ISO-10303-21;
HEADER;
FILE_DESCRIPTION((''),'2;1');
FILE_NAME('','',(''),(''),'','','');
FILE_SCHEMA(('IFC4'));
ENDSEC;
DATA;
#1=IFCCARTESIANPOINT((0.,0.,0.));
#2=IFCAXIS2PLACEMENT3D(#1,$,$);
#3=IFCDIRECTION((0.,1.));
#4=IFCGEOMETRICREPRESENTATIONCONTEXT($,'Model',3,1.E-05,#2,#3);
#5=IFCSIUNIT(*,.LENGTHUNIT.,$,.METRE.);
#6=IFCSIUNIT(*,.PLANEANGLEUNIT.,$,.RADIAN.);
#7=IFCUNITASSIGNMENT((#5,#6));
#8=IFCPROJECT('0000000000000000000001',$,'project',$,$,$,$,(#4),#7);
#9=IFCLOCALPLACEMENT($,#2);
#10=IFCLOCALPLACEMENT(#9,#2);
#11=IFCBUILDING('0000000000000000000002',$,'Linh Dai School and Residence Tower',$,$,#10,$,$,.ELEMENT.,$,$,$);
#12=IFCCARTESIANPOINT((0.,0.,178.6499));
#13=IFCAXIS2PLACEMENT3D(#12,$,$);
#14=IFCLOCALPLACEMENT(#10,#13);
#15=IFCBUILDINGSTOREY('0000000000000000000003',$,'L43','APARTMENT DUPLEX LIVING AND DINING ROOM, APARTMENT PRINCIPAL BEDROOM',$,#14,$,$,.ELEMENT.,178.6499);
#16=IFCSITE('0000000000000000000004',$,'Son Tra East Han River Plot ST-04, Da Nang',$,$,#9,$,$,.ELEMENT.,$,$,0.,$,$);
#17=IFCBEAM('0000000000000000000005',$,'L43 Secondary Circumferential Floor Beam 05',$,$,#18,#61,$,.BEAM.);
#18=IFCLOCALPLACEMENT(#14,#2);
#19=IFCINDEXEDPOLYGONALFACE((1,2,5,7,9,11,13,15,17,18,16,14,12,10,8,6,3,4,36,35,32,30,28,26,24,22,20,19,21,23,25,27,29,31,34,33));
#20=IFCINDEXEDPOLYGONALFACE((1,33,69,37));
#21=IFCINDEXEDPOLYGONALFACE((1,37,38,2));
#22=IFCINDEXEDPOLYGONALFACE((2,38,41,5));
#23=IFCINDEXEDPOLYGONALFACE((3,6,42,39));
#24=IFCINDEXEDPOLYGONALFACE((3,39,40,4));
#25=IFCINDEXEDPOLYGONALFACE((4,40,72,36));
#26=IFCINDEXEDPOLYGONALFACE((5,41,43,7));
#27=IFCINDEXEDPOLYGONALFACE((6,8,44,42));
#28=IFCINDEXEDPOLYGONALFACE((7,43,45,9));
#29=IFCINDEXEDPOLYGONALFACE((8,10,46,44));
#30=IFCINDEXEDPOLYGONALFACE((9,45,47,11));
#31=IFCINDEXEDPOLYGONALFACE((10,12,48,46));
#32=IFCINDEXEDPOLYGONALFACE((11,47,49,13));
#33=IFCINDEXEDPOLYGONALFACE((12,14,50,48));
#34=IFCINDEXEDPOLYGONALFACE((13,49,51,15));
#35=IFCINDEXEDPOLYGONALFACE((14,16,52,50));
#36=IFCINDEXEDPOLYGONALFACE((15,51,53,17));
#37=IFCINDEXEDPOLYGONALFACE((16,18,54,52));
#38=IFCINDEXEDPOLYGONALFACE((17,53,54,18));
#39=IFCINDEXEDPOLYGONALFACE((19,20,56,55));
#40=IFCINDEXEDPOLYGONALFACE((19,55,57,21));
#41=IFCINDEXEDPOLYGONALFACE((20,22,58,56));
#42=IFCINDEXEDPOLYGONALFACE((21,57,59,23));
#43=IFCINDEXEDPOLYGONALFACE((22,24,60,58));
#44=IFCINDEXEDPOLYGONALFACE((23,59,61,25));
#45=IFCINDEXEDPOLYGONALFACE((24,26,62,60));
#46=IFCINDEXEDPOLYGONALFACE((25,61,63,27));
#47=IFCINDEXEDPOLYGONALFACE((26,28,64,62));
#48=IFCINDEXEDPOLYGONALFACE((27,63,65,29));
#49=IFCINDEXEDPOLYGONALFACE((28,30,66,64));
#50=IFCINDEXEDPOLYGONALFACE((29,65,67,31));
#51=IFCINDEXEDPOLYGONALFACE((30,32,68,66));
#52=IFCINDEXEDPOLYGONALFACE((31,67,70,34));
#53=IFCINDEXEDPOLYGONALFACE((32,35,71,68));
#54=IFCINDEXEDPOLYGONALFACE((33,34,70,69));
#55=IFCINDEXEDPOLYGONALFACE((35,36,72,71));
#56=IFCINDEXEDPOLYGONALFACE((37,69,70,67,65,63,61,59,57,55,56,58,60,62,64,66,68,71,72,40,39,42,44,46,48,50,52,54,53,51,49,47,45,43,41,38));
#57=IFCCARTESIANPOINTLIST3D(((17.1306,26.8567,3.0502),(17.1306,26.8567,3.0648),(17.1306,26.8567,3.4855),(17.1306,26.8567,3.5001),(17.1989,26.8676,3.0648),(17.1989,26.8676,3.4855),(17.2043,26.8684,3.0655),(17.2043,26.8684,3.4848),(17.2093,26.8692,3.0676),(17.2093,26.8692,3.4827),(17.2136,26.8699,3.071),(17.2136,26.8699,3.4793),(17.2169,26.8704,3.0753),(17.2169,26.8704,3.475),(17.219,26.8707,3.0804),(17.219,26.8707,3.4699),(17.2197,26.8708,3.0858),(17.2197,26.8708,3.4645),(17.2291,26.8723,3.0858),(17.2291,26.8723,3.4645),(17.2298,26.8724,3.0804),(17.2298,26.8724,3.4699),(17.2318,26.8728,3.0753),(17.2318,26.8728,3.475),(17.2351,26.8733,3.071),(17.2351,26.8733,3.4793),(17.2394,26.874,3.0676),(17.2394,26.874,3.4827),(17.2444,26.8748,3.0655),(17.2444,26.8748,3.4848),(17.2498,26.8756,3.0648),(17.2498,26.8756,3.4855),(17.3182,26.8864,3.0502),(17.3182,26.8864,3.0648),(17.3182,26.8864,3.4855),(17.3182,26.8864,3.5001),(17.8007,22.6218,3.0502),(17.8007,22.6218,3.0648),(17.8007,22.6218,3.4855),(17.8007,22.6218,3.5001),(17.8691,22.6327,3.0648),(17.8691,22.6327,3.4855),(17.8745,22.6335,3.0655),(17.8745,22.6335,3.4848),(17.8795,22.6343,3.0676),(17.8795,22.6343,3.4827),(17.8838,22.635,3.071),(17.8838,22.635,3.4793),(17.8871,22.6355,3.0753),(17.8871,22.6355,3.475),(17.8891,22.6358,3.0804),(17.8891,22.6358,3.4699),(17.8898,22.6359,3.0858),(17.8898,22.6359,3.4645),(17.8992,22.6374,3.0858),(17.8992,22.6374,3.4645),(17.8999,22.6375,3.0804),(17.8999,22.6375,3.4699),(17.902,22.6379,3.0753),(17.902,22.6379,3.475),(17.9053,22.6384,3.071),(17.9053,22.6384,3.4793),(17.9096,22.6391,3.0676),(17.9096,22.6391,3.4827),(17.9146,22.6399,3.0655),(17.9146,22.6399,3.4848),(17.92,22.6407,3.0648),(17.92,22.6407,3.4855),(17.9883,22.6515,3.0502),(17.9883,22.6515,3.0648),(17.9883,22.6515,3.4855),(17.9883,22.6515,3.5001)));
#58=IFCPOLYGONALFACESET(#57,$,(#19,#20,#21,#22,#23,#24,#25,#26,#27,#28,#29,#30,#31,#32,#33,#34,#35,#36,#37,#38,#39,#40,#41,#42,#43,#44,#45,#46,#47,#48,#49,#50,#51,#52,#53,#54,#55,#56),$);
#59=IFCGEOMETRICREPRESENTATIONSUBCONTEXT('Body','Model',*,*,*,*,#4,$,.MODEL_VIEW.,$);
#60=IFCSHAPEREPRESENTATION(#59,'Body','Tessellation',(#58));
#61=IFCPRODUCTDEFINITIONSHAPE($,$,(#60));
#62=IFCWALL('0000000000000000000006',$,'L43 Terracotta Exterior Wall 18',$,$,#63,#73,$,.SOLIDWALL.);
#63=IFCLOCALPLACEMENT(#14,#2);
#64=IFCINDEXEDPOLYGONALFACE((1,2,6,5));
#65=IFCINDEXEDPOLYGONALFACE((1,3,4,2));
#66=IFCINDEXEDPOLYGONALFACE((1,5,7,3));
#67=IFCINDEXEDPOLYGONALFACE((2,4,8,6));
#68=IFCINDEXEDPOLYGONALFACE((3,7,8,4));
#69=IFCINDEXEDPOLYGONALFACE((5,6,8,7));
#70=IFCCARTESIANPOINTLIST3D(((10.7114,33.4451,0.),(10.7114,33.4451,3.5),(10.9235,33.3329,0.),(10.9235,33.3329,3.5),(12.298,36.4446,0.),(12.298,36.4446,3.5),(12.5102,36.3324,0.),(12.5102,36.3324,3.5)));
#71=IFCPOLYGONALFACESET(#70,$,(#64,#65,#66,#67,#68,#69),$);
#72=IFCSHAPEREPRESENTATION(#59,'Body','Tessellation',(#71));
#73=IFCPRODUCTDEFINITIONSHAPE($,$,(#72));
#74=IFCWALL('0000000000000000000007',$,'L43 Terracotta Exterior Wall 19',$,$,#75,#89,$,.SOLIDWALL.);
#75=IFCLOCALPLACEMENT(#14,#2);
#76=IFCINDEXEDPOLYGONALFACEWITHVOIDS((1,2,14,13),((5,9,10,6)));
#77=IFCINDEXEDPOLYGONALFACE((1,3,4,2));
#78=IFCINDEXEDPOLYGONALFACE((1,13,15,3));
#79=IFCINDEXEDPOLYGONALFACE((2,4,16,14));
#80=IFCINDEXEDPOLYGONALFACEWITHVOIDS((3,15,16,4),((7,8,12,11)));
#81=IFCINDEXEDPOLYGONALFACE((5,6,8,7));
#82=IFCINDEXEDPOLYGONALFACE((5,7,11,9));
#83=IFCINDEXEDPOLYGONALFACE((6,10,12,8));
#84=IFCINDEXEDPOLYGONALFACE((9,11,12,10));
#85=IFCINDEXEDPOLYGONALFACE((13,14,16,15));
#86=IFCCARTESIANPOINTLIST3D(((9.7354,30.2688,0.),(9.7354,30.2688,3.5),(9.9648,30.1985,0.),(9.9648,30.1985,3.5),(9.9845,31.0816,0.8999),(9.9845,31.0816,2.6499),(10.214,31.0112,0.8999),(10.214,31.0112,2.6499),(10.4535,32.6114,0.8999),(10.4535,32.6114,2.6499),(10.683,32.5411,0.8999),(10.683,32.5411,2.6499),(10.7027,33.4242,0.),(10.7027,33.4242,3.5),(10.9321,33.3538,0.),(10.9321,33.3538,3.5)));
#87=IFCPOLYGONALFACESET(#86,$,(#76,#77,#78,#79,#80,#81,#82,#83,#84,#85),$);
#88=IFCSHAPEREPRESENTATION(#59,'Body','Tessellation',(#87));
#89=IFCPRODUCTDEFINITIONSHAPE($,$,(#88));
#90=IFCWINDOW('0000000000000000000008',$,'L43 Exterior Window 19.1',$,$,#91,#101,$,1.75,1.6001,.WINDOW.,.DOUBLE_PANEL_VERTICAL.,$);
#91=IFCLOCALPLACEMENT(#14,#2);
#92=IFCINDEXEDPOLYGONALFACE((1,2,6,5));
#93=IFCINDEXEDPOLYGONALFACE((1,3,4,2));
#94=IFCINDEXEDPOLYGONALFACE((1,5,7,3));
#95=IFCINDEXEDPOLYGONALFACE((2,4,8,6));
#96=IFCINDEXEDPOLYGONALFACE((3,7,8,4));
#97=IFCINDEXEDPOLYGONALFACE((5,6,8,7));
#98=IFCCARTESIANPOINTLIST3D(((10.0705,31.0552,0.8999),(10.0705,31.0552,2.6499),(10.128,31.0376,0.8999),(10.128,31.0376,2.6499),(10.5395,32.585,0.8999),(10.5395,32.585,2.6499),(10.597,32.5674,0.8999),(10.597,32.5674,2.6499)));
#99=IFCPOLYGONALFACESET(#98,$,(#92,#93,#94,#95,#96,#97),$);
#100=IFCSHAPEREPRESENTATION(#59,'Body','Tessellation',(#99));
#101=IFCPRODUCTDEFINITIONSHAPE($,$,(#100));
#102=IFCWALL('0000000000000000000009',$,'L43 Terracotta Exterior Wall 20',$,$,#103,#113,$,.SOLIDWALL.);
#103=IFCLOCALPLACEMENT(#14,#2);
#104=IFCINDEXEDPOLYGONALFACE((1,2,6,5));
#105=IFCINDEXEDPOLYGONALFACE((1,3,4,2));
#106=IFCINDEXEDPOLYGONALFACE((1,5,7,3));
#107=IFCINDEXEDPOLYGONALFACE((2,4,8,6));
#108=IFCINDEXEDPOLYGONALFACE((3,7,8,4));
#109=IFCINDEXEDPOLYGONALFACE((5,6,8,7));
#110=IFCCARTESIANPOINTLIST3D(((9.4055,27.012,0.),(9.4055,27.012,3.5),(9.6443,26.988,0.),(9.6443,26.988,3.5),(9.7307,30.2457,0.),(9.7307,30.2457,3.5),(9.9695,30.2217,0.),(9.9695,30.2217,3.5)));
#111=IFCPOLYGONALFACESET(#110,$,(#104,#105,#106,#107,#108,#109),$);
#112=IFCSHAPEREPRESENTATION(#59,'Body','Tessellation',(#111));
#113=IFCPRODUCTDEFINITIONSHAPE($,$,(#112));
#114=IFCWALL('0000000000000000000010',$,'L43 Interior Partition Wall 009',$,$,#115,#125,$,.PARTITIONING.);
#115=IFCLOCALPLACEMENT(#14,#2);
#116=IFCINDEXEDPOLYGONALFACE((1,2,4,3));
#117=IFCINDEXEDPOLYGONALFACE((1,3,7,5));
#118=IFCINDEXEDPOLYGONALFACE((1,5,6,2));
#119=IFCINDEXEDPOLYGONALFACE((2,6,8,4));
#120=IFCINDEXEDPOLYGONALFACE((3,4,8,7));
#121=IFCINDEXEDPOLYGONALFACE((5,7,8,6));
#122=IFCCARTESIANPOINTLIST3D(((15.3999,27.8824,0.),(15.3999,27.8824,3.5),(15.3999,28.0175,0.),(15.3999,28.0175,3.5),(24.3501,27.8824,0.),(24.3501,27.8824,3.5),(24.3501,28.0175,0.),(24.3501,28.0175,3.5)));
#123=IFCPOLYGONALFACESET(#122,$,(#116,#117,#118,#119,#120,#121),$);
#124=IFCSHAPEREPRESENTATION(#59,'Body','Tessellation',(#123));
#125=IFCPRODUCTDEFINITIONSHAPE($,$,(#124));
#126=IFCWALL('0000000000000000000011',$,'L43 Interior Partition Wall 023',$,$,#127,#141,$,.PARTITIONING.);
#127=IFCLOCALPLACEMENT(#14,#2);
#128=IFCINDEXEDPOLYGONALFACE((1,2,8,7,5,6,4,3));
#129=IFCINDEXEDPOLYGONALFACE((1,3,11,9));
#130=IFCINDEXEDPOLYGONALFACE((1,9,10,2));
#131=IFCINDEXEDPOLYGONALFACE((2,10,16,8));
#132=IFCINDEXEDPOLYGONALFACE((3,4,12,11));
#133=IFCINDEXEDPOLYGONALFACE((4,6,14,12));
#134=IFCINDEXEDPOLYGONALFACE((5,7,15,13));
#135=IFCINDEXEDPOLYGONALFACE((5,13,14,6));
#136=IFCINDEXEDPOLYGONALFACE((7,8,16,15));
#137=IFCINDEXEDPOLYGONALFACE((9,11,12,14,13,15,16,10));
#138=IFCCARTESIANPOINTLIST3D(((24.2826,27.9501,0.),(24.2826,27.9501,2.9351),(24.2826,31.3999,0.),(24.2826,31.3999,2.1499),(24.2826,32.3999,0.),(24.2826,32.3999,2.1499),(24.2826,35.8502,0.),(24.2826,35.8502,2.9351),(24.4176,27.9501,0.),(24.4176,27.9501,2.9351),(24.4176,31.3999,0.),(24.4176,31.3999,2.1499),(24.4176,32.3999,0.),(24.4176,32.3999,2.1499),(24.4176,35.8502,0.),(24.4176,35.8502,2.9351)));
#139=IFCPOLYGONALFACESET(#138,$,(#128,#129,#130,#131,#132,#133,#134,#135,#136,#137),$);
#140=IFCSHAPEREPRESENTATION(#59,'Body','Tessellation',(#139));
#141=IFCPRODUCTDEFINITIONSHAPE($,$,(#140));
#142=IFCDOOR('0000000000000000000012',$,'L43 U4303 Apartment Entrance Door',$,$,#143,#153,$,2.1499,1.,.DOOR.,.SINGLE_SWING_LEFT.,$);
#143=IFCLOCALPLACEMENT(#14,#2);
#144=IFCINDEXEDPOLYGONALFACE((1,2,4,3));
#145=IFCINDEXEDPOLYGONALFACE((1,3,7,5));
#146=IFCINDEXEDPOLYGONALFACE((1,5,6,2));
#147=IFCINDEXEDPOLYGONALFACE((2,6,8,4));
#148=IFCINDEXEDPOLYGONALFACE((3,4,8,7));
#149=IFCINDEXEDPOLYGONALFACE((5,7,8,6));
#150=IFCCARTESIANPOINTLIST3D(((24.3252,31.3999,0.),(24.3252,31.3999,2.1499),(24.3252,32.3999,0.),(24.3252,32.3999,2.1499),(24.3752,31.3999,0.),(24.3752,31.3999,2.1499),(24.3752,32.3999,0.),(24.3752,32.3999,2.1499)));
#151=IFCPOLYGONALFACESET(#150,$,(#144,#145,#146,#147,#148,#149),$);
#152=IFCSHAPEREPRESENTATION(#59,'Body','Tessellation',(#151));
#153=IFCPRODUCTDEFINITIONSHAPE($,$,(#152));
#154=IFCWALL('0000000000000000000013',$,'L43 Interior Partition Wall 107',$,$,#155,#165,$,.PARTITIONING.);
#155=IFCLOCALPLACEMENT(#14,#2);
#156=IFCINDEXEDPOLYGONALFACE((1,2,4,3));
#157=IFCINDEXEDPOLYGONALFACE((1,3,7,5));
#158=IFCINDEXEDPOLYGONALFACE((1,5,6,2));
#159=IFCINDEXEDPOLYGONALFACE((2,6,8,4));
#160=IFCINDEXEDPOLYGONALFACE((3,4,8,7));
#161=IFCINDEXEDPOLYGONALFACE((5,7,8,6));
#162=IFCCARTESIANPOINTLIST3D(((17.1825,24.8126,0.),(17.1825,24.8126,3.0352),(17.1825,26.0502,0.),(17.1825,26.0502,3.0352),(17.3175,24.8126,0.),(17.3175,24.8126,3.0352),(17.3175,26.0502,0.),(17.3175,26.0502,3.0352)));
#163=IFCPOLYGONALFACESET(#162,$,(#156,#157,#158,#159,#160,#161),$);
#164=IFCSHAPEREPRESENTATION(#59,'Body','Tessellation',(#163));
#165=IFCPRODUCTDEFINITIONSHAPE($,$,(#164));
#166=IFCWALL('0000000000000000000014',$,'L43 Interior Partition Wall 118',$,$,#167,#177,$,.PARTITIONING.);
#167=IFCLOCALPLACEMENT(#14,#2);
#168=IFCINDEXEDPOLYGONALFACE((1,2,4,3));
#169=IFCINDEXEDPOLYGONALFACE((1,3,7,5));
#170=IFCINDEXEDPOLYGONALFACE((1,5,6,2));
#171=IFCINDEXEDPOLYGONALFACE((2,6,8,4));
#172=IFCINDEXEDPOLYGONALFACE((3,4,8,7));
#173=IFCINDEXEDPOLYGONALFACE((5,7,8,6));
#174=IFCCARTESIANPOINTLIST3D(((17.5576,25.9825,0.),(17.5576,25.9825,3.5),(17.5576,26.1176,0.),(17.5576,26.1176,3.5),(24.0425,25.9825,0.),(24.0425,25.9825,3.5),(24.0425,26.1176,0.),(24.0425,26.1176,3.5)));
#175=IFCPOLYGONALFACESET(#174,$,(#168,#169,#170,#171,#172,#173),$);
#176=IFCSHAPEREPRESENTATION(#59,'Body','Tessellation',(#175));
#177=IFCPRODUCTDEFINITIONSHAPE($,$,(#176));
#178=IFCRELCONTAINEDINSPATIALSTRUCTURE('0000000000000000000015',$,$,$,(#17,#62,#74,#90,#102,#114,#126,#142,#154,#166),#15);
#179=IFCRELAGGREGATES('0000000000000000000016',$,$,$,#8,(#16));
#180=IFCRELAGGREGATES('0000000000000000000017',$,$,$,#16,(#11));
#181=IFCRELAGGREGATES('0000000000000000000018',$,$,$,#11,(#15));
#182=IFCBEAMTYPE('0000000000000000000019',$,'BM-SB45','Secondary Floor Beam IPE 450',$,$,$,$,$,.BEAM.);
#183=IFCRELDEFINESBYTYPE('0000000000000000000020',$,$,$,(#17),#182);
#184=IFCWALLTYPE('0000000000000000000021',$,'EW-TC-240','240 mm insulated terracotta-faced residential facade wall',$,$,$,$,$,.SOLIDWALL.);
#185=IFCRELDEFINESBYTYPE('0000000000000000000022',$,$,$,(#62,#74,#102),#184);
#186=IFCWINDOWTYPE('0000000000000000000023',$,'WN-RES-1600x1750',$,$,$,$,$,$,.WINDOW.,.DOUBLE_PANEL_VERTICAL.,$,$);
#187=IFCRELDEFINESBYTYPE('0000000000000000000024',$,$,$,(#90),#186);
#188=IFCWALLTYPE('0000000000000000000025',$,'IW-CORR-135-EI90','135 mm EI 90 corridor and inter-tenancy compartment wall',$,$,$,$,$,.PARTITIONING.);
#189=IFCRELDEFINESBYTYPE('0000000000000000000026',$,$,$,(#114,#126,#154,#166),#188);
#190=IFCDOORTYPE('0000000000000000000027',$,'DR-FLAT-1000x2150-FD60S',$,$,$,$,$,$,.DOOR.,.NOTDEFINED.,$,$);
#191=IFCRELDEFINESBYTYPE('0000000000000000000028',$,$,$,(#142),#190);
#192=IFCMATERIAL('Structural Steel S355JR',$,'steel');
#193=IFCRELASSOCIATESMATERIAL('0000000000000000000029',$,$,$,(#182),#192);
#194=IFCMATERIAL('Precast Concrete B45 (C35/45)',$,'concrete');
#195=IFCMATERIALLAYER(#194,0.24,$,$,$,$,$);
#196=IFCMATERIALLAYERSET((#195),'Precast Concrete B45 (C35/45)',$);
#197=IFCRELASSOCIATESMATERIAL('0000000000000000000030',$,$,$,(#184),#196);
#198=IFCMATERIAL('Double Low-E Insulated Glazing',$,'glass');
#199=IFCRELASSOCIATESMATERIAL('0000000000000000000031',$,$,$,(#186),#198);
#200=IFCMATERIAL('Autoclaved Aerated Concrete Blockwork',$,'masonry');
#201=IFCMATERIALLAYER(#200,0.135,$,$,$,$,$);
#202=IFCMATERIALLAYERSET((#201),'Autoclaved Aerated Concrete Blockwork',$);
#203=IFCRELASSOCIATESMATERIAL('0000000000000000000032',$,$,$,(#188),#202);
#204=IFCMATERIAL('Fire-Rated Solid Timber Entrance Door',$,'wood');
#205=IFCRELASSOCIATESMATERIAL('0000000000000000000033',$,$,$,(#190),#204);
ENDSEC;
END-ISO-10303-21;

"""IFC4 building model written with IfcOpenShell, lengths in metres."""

from ifc_helpers import new_model, si_unit, direction, frame, frame_2d, origin, origin_2d, place, context, subcontext, project, spatial, rectangle, i_section, extrude, source, transform, mapped, material, layer, layer_set, material_profile, profile_set, type_object, element, fill, save


model = new_model("IFC4")

# Units and contexts
model_context = context("Model", 3, precision=1e-05, world=origin(), true_north=direction((0.0, 1.0)))
body_context = subcontext(model_context, "Body", "Model", "MODEL_VIEW")
ifc_project = project(units=[si_unit("LENGTHUNIT", "METRE"), si_unit("PLANEANGLEUNIT", "RADIAN")], contexts=[model_context])

# Site, building, storey
site_placement = place(None, origin())
site = spatial("IfcSite", under=ifc_project, at=site_placement, Name="Son Tra East Han River Plot ST-04, Da Nang", CompositionType="ELEMENT", RefElevation=0.0)
building_placement = place(site_placement, origin())
building = spatial("IfcBuilding", under=site, at=building_placement, Name="Linh Dai School and Residence Tower", CompositionType="ELEMENT")
storey_placement = place(building_placement, frame((0.0, 0.0, 178.6499)))
storey = spatial("IfcBuildingStorey", under=building, at=storey_placement, Name="L43", Description="APARTMENT DUPLEX LIVING AND DINING ROOM, APARTMENT PRINCIPAL BEDROOM", CompositionType="ELEMENT", Elevation=178.6499)

# Shared definitions
ifc_material_1 = material(Name="Structural Steel S355JR", Category="steel")

# Beam
ifc_material_profile_1 = material_profile(ifc_material_1, i_section(OverallWidth=0.1899, OverallDepth=0.45, WebThickness=0.0095, FlangeThickness=0.0146, FilletRadius=0.021, at=origin_2d()), Name="IPE 450")
ifc_profile_set_1 = profile_set([ifc_material_profile_1], Name="Structural Steel S355JR")
beam_type_1 = type_object("IfcBeamType", Name="BM-SB45", Description="Secondary Floor Beam IPE 450", PredefinedType="BEAM", material=ifc_profile_set_1)
beam_1_placement = place(storey_placement, frame((17.2244, 26.8716, 3.2751), z_axis=(0.156305, -0.987709, 0.0), x_axis=(0.987709, 0.156305, 0.0)))
element("IfcBeam", 1, at=beam_1_placement, inside=storey, type_object=beam_type_1, Name="L43 Secondary Circumferential Floor Beam 05", PredefinedType="BEAM", context=body_context, shape_type="SweptSolid", body=[
    extrude(i_section(OverallWidth=0.1899, OverallDepth=0.45, WebThickness=0.0095, FlangeThickness=0.0146, FilletRadius=0.021, at=origin_2d()), origin(), (0.0, 0.0, 1.0), 4.2876),
])

# Wall
ifc_material_2 = material(Name="Precast Concrete B45 (C35/45)", Category="concrete")
ifc_layer_1 = layer(ifc_material_2, 0.24)
ifc_layer_set_1 = layer_set([ifc_layer_1], Name="Precast Concrete B45 (C35/45)")
wall_type_1 = type_object("IfcWallType", Name="EW-TC-240", Description="240 mm insulated terracotta-faced residential facade wall", PredefinedType="SOLIDWALL", material=ifc_layer_set_1)
wall_1_placement = place(storey_placement, frame((10.8174, 33.3889, 0.0), z_axis=(0.0, 0.0, 1.0), x_axis=(0.467587, 0.883947, 0.0)))
element("IfcWall", 2, at=wall_1_placement, inside=storey, type_object=wall_type_1, Name="L43 Terracotta Exterior Wall 18", PredefinedType="SOLIDWALL", context=body_context, shape_type="SweptSolid", body=[
    extrude(rectangle(XDim=3.3933, YDim=0.24, at=frame_2d((1.6968, 0.0))), origin(), (0.0, 0.0, 1.0), 3.5),
])

# Wall, opening, window
wall_2_placement = place(storey_placement, frame((9.8501, 30.2336, 0.0), z_axis=(0.0, 0.0, 1.0), x_axis=(0.293098, 0.956082, 0.0)))
wall_2 = element("IfcWall", 3, at=wall_2_placement, inside=storey, type_object=wall_type_1, Name="L43 Terracotta Exterior Wall 19", PredefinedType="SOLIDWALL", context=body_context, shape_type="SweptSolid", body=[
    extrude(rectangle(XDim=3.3003, YDim=0.24, at=frame_2d((1.6501, 0.0))), origin(), (0.0, 0.0, 1.0), 3.5),
])
opening_1_placement = place(wall_2_placement, frame((0.8501, 0.0, 0.8999)))
opening_1 = element("IfcOpeningElement", 4, at=opening_1_placement, cuts=wall_2, PredefinedType="OPENING", context=body_context, shape_type="SweptSolid", body=[
    extrude(rectangle(XDim=1.6001, YDim=1.75, at=origin_2d()), frame((0.8, 0.1299, 0.875), z_axis=(0.0, -1.0, 0.0), x_axis=(1.0, 0.0, 0.0)), (0.0, 0.0, 1.0), 0.26),
])
ifc_material_3 = material(Name="Double Low-E Insulated Glazing", Category="glass")
window_type = type_object("IfcWindowType", Name="WN-RES-1600x1750", PartitioningType="DOUBLE_PANEL_VERTICAL", PredefinedType="WINDOW", material=ifc_material_3)
shared_shape_1 = source(origin(), body_context, "Body", "SweptSolid", [
    extrude(rectangle(XDim=1.6001, YDim=1.75, at=origin_2d()), frame((0.8, 0.03, 0.875), z_axis=(0.0, -1.0, 0.0), x_axis=(1.0, 0.0, 0.0)), (0.0, 0.0, 1.0), 0.0601),
])
window_placement = place(opening_1_placement, origin())
window = element("IfcWindow", 5, at=window_placement, inside=storey, type_object=window_type, Name="L43 Exterior Window 19.1", OverallHeight=1.75, OverallWidth=1.6001, PartitioningType="DOUBLE_PANEL_VERTICAL", PredefinedType="WINDOW", context=body_context, shape_type="MappedRepresentation", body=[
    mapped(shared_shape_1, transform((0.0, 0.0, 0.0), x_axis=(1.0, 0.0, 0.0), y_axis=(0.0, 1.0, 0.0), z_axis=(0.0, 0.0, 1.0), scale=1.0)),
])
fill(opening_1, window)

# Walls
wall_3_placement = place(storey_placement, frame((9.5249, 27.0, 0.0), z_axis=(0.0, 0.0, 1.0), x_axis=(0.100062, 0.994981, 0.0)))
element("IfcWall", 6, at=wall_3_placement, inside=storey, type_object=wall_type_1, Name="L43 Terracotta Exterior Wall 20", PredefinedType="SOLIDWALL", context=body_context, shape_type="SweptSolid", body=[
    extrude(rectangle(XDim=3.25, YDim=0.24, at=frame_2d((1.625, 0.0))), origin(), (0.0, 0.0, 1.0), 3.5),
])
ifc_material_4 = material(Name="Autoclaved Aerated Concrete Blockwork", Category="masonry")
ifc_layer_2 = layer(ifc_material_4, 0.135)
ifc_layer_set_2 = layer_set([ifc_layer_2], Name="Autoclaved Aerated Concrete Blockwork")
wall_type_2 = type_object("IfcWallType", Name="IW-CORR-135-EI90", Description="135 mm EI 90 corridor and inter-tenancy compartment wall", PredefinedType="PARTITIONING", material=ifc_layer_set_2)
wall_4_placement = place(storey_placement, frame((15.3999, 27.95, 0.0), z_axis=(0.0, 0.0, 1.0), x_axis=(1.0, 0.0, 0.0)))
element("IfcWall", 7, at=wall_4_placement, inside=storey, type_object=wall_type_2, Name="L43 Interior Partition Wall 009", PredefinedType="PARTITIONING", context=body_context, shape_type="SweptSolid", body=[
    extrude(rectangle(XDim=8.9502, YDim=0.135, at=frame_2d((4.4751, 0.0))), origin(), (0.0, 0.0, 1.0), 3.5),
])

# Wall, opening, door
wall_5_placement = place(storey_placement, frame((24.3501, 27.95, 0.0), z_axis=(0.0, 0.0, 1.0), x_axis=(0.0, 1.0, 0.0)))
wall_5 = element("IfcWall", 8, at=wall_5_placement, inside=storey, type_object=wall_type_2, Name="L43 Interior Partition Wall 023", PredefinedType="PARTITIONING", context=body_context, shape_type="SweptSolid", body=[
    extrude(rectangle(XDim=7.9001, YDim=0.135, at=frame_2d((3.9502, 0.0))), origin(), (0.0, 0.0, 1.0), 2.9351),
])
opening_2_placement = place(wall_5_placement, frame((3.45, 0.0, 0.0)))
opening_2 = element("IfcOpeningElement", 9, at=opening_2_placement, cuts=wall_5, PredefinedType="OPENING", context=body_context, shape_type="SweptSolid", body=[
    extrude(rectangle(XDim=1.0, YDim=2.1499, at=origin_2d()), frame((0.5, 0.0776, 1.075), z_axis=(0.0, -1.0, 0.0), x_axis=(1.0, 0.0, 0.0)), (0.0, 0.0, 1.0), 0.155),
])
ifc_material_5 = material(Name="Fire-Rated Solid Timber Entrance Door", Category="wood")
door_type_1 = type_object("IfcDoorType", Name="DR-FLAT-1000x2150-FD60S", OperationType="NOTDEFINED", PredefinedType="DOOR", material=ifc_material_5)
shared_shape_2 = source(origin(), body_context, "Body", "SweptSolid", [
    extrude(rectangle(XDim=1.0, YDim=2.1499, at=origin_2d()), frame((0.5, 0.0249, 1.075), z_axis=(0.0, -1.0, 0.0), x_axis=(1.0, 0.0, 0.0)), (0.0, 0.0, 1.0), 0.05),
])
door_1_placement = place(opening_2_placement, origin())
door_1 = element("IfcDoor", 10, at=door_1_placement, inside=storey, type_object=door_type_1, Name="L43 U4303 Apartment Entrance Door", OperationType="SINGLE_SWING_LEFT", OverallHeight=2.1499, OverallWidth=1.0, PredefinedType="DOOR", context=body_context, shape_type="MappedRepresentation", body=[
    mapped(shared_shape_2, transform((0.0, 0.0, 0.0), x_axis=(1.0, 0.0, 0.0), y_axis=(0.0, 1.0, 0.0), z_axis=(0.0, 0.0, 1.0), scale=1.0)),
])
fill(opening_2, door_1)

# Walls
wall_6_placement = place(storey_placement, frame((17.25, 26.05, 0.0), z_axis=(0.0, 0.0, 1.0), x_axis=(0.0, -1.0, 0.0)))
element("IfcWall", 11, at=wall_6_placement, inside=storey, type_object=wall_type_2, Name="L43 Interior Partition Wall 107", PredefinedType="PARTITIONING", context=body_context, shape_type="SweptSolid", body=[
    extrude(rectangle(XDim=1.2375, YDim=0.135, at=frame_2d((0.6187, 0.0))), origin(), (0.0, 0.0, 1.0), 3.0352),
])
wall_7_placement = place(storey_placement, frame((24.0425, 26.05, 0.0), z_axis=(0.0, 0.0, 1.0), x_axis=(-1.0, 0.0, 0.0)))
element("IfcWall", 12, at=wall_7_placement, inside=storey, type_object=wall_type_2, Name="L43 Interior Partition Wall 118", PredefinedType="PARTITIONING", context=body_context, shape_type="SweptSolid", body=[
    extrude(rectangle(XDim=6.4849, YDim=0.135, at=frame_2d((3.2424, 0.0))), origin(), (0.0, 0.0, 1.0), 3.5),
])

save(model, "model.ifc")
